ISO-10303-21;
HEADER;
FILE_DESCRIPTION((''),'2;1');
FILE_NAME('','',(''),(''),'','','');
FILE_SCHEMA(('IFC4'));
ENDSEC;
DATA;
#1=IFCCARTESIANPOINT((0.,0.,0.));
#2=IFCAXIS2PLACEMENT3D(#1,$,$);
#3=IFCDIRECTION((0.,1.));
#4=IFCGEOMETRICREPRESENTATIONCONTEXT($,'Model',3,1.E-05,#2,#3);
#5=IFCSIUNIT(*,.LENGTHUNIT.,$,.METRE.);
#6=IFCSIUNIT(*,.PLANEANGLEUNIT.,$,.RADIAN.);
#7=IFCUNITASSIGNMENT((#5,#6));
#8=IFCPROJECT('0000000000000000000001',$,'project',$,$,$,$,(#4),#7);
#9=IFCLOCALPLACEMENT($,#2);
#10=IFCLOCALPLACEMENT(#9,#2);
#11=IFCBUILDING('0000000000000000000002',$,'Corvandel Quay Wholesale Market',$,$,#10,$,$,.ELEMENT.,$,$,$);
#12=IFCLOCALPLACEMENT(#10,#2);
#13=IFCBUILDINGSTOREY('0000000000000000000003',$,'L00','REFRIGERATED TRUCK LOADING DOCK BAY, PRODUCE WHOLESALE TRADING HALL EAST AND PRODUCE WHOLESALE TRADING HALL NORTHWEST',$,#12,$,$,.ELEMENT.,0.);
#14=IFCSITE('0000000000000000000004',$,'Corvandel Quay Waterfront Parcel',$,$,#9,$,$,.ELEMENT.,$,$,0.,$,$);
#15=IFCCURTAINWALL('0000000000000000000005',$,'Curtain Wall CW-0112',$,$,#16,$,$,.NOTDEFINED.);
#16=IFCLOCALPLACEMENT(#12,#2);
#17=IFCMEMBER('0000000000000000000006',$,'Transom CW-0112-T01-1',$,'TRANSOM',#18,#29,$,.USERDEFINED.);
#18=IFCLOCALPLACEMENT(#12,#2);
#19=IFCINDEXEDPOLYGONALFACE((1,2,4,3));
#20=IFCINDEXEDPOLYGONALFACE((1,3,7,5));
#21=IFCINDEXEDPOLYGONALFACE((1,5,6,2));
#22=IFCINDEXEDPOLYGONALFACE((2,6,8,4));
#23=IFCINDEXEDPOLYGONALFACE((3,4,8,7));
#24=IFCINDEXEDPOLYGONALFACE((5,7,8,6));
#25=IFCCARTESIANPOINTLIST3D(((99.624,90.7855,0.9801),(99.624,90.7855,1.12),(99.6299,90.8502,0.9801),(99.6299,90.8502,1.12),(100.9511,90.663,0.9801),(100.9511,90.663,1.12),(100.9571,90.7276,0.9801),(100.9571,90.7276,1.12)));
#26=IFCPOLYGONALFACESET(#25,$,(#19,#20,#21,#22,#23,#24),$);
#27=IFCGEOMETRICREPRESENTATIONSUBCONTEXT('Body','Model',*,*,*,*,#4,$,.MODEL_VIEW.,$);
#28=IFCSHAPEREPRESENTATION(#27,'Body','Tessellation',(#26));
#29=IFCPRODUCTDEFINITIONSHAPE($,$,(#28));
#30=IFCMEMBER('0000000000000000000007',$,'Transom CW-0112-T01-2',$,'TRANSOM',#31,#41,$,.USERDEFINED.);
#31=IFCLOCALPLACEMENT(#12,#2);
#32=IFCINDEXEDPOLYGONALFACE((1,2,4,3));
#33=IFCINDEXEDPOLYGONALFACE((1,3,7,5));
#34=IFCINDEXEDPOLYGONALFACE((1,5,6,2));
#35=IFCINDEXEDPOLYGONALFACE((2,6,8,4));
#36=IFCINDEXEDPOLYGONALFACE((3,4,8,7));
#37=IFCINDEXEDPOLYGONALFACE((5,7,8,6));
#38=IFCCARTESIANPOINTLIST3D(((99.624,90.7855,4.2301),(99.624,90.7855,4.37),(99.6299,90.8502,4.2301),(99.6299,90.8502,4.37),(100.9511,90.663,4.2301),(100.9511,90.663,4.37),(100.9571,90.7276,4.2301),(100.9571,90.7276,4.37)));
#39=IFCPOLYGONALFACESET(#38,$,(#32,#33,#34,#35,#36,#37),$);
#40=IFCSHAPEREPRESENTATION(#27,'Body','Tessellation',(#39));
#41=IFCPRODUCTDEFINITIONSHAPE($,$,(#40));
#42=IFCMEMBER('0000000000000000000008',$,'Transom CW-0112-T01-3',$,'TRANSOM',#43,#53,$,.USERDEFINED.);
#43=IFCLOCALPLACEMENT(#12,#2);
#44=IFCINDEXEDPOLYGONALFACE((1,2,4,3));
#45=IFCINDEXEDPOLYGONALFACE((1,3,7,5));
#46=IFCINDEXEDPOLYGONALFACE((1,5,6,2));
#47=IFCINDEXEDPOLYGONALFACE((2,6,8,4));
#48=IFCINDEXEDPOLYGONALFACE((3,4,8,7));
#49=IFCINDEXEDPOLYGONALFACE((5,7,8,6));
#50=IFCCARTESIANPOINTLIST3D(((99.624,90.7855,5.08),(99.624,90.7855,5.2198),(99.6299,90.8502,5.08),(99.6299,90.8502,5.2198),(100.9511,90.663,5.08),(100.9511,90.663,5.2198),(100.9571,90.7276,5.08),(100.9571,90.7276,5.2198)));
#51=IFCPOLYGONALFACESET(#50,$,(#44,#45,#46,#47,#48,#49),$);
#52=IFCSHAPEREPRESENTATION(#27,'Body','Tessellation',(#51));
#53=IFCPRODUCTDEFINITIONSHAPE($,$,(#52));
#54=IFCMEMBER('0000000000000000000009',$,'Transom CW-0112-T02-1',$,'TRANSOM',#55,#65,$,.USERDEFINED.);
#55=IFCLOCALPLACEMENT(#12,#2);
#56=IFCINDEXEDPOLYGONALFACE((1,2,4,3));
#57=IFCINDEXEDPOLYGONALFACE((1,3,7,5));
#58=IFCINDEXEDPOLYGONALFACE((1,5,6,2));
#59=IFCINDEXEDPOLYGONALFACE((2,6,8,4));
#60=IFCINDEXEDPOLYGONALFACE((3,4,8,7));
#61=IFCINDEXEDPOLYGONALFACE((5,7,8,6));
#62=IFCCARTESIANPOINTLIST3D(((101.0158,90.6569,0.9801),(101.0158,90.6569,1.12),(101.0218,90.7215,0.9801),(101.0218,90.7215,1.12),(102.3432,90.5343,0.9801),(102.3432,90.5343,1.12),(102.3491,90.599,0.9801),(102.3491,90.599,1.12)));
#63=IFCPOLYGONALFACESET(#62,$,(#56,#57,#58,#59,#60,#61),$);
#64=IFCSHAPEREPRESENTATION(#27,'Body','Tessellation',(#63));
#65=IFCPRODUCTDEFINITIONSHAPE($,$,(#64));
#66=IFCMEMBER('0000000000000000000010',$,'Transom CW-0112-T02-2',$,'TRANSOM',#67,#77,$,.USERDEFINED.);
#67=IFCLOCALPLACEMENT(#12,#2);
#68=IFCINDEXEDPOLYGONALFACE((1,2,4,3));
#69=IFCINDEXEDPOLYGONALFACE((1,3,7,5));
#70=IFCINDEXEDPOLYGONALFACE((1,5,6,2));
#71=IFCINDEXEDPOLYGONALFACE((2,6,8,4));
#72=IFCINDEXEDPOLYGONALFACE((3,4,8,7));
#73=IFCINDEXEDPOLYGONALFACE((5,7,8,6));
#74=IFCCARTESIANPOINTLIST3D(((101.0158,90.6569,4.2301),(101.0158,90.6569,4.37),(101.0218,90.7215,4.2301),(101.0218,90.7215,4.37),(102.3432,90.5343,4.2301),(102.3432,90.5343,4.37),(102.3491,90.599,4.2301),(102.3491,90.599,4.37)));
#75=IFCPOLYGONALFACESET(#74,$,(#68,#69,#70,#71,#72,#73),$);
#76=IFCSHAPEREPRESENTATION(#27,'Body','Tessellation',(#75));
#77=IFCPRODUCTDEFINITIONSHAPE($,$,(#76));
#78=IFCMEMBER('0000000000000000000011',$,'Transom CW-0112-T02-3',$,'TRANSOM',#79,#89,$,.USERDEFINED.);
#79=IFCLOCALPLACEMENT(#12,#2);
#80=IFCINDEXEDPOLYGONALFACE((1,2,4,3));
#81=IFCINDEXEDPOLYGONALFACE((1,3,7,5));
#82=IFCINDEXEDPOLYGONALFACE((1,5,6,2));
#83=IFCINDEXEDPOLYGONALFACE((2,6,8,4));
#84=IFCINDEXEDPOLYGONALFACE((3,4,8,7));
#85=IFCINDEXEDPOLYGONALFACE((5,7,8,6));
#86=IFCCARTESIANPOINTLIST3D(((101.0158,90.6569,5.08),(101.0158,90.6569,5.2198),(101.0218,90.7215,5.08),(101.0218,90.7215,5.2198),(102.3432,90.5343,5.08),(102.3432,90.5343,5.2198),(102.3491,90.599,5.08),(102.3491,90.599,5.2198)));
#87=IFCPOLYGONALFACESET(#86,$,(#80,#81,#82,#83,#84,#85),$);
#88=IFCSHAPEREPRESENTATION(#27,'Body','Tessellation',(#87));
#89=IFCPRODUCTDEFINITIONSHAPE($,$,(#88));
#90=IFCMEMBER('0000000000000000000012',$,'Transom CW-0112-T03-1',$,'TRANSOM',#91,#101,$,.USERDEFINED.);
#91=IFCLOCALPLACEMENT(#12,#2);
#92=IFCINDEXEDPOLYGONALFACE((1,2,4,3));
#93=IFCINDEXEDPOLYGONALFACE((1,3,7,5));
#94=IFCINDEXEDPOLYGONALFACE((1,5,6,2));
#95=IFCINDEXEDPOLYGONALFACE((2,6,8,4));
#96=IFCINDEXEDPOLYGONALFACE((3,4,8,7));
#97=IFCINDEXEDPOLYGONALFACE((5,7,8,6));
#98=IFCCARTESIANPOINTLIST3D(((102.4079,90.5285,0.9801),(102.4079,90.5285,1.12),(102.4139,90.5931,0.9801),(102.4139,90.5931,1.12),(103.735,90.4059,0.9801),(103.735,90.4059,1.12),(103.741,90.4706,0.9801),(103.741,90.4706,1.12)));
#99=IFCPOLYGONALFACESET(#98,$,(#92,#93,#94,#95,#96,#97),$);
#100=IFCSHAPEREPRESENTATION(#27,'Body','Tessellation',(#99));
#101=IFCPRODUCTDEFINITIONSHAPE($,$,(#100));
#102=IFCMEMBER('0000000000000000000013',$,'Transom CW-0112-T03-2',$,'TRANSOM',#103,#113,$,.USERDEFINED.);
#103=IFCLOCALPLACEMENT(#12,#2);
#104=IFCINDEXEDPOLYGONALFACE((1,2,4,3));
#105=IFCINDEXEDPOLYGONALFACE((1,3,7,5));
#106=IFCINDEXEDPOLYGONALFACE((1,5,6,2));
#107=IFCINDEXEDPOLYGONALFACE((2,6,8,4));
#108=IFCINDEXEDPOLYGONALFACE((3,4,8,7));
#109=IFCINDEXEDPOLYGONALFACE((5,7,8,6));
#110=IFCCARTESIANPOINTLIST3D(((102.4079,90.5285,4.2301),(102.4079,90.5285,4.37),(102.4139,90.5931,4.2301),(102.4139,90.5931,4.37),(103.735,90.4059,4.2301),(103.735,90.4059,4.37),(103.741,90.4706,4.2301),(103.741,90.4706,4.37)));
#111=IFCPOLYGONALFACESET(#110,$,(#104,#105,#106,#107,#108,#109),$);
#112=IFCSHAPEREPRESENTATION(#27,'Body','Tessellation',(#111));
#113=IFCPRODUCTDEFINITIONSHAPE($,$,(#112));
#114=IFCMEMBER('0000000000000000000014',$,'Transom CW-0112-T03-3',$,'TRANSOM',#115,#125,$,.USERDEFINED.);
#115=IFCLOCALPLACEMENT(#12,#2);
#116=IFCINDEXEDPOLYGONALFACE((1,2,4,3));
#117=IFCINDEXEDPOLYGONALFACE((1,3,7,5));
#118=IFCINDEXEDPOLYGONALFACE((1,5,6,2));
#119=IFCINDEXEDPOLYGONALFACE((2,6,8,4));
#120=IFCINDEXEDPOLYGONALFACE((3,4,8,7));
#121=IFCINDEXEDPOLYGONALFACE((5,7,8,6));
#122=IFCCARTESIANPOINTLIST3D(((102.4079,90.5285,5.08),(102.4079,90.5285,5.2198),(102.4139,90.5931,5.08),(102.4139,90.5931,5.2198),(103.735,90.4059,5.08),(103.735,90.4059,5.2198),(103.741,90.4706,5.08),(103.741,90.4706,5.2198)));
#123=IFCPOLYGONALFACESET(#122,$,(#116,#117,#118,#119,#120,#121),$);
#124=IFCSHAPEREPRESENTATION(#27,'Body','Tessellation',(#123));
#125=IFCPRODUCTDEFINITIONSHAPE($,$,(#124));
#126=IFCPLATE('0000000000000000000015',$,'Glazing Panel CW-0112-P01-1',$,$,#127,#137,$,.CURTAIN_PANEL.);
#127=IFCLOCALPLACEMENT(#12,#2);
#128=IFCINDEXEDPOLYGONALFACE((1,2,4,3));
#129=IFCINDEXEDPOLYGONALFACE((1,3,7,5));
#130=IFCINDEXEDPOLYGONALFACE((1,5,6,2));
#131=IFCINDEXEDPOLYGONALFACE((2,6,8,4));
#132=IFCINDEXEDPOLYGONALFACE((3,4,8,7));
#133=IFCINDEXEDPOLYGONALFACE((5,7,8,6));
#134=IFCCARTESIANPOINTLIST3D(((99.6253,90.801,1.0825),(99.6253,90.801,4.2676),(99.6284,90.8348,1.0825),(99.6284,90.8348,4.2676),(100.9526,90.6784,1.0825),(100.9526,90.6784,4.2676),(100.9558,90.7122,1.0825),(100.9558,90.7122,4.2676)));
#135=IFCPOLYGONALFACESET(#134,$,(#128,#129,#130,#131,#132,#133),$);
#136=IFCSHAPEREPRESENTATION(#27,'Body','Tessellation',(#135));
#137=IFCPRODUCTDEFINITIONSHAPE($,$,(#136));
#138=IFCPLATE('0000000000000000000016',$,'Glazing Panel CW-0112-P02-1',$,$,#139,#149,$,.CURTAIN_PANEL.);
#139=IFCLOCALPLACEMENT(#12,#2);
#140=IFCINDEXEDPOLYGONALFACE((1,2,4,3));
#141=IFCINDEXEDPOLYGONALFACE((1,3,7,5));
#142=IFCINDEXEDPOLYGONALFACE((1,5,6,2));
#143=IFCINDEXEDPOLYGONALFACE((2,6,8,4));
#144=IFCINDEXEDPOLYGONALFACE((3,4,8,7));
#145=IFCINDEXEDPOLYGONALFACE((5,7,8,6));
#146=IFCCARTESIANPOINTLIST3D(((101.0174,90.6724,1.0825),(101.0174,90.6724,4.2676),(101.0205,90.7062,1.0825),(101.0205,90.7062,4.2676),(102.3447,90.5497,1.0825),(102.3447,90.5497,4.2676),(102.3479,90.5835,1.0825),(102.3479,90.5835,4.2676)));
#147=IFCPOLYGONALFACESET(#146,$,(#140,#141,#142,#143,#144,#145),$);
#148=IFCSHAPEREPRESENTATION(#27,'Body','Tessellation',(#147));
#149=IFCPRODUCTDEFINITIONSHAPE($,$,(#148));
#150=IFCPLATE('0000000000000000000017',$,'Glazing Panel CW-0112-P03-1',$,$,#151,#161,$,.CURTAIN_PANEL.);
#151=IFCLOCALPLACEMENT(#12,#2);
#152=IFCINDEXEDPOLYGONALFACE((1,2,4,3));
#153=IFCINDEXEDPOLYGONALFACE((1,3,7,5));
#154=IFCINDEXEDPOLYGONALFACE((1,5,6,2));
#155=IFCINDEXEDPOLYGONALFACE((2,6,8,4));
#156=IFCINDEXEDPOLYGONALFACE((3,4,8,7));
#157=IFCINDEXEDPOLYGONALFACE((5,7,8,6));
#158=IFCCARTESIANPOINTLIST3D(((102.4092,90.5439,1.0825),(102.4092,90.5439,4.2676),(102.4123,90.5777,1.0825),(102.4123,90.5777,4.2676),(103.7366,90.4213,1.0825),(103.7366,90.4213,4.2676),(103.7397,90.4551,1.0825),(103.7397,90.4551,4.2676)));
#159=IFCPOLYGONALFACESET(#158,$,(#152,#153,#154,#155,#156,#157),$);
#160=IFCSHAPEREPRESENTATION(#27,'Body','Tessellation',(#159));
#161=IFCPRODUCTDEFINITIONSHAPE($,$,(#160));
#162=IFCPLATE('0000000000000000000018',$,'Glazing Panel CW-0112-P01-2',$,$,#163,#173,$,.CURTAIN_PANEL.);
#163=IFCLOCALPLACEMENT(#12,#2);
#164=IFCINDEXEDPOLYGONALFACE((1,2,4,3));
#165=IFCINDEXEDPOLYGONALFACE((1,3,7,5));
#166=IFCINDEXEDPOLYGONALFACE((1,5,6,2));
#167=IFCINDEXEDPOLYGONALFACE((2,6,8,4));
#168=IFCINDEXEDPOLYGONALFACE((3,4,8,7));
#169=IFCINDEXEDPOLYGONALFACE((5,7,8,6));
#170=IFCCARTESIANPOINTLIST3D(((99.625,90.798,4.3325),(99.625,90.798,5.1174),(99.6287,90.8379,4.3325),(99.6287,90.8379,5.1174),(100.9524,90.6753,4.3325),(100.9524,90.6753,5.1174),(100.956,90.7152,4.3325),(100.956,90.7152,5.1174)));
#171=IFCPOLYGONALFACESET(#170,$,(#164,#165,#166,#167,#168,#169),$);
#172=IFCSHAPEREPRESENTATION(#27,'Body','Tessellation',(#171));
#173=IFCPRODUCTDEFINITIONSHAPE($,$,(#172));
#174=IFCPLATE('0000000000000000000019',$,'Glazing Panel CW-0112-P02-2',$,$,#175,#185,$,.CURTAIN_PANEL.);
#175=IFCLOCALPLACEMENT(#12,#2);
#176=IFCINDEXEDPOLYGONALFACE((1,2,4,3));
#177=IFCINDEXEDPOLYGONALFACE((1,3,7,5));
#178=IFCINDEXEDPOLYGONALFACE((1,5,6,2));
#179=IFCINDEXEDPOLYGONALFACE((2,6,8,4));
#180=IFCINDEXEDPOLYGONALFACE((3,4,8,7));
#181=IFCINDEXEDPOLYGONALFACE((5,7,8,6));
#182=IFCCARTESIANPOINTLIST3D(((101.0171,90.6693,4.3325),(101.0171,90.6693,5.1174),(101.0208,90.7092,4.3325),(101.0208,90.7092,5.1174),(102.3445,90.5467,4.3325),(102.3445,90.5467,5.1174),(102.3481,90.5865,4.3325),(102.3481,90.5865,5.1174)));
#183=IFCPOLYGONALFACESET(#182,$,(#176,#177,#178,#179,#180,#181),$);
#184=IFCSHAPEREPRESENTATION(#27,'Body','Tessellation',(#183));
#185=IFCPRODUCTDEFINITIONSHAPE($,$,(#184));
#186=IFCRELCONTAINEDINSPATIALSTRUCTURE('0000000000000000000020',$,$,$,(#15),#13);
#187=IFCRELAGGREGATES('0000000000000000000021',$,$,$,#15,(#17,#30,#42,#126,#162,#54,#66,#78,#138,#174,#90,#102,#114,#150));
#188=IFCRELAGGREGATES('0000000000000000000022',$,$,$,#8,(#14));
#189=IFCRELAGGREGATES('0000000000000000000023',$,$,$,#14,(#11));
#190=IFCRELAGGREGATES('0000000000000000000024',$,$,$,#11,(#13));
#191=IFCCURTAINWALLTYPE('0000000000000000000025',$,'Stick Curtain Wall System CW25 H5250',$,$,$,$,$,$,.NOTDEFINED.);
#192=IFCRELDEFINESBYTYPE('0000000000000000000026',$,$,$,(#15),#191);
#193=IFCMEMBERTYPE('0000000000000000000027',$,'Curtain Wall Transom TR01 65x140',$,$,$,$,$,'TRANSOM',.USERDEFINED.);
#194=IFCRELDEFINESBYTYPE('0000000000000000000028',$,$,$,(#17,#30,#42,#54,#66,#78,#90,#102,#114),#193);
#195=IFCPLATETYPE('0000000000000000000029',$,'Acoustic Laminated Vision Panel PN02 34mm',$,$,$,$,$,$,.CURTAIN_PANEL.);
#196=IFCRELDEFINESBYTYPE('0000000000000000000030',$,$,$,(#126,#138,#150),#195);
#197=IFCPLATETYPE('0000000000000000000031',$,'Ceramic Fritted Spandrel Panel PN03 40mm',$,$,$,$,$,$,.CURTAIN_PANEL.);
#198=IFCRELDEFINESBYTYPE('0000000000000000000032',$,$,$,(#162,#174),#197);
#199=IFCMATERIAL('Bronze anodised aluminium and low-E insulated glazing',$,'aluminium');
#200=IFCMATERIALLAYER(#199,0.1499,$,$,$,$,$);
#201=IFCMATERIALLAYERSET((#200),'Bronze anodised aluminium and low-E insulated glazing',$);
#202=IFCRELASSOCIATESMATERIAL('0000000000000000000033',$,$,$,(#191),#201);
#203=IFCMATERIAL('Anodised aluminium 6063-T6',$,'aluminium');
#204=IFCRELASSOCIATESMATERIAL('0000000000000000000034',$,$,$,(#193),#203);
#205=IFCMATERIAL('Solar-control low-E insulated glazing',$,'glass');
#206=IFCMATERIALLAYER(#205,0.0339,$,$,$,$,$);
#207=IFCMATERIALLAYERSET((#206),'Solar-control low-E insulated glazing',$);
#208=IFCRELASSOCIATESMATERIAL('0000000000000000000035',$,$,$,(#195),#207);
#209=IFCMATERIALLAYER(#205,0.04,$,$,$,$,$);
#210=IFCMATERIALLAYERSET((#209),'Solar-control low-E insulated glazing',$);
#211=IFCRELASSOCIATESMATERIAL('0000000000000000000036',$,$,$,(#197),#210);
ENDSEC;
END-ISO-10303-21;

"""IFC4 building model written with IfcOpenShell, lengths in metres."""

from ifc_helpers import new_model, si_unit, direction, frame, origin, origin_2d, place, context, subcontext, project, spatial, rectangle, extrude, material, layer, layer_set, material_profile, profile_set, type_object, element, aggregate, save


model = new_model("IFC4")

# Units and contexts
model_context = context("Model", 3, precision=1e-05, world=origin(), true_north=direction((0.0, 1.0)))
body_context = subcontext(model_context, "Body", "Model", "MODEL_VIEW")
ifc_project = project(units=[si_unit("LENGTHUNIT", "METRE"), si_unit("PLANEANGLEUNIT", "RADIAN")], contexts=[model_context])

# Site, building, storey
site_placement = place(None, origin())
site = spatial("IfcSite", under=ifc_project, at=site_placement, Name="Corvandel Quay Waterfront Parcel", CompositionType="ELEMENT", RefElevation=0.0)
building_placement = place(site_placement, origin())
building = spatial("IfcBuilding", under=site, at=building_placement, Name="Corvandel Quay Wholesale Market", CompositionType="ELEMENT")
storey_placement = place(building_placement, origin())
storey = spatial("IfcBuildingStorey", under=building, at=storey_placement, Name="L00", Description="REFRIGERATED TRUCK LOADING DOCK BAY, PRODUCE WHOLESALE TRADING HALL EAST AND PRODUCE WHOLESALE TRADING HALL NORTHWEST", CompositionType="ELEMENT", Elevation=0.0)

# Curtain wall, members, plates
ifc_material_1 = material(Name="Bronze anodised aluminium and low-E insulated glazing", Category="aluminium")
ifc_layer_1 = layer(ifc_material_1, 0.1499)
ifc_layer_set_1 = layer_set([ifc_layer_1], Name="Bronze anodised aluminium and low-E insulated glazing")
curtain_wall_type = type_object("IfcCurtainWallType", Name="Stick Curtain Wall System CW25 H5250", PredefinedType="NOTDEFINED", material=ifc_layer_set_1)
curtain_wall_placement = place(storey_placement, origin())
curtain_wall = element("IfcCurtainWall", 1, at=curtain_wall_placement, inside=storey, type_object=curtain_wall_type, Name="Curtain Wall CW-0112", PredefinedType="NOTDEFINED")
ifc_material_2 = material(Name="Anodised aluminium 6063-T6", Category="aluminium")
ifc_material_profile = material_profile(ifc_material_2, rectangle(XDim=0.0649, YDim=0.1399, at=origin_2d()), Name="ALU-TRN-65x140")
ifc_profile_set = profile_set([ifc_material_profile], Name="Anodised aluminium 6063-T6")
member_type = type_object("IfcMemberType", Name="Curtain Wall Transom TR01 65x140", ElementType="TRANSOM", PredefinedType="USERDEFINED", material=ifc_profile_set)
member_1_placement = place(storey_placement, frame((99.627, 90.8179, 1.05), z_axis=(0.995763, -0.091956, 0.0), x_axis=(0.091956, 0.995763, 0.0)))
member_1 = element("IfcMember", 2, at=member_1_placement, type_object=member_type, Name="Transom CW-0112-T01-1", ObjectType="TRANSOM", PredefinedType="USERDEFINED", context=body_context, shape_type="SweptSolid", body=[
    extrude(rectangle(XDim=0.0649, YDim=0.1399, at=origin_2d()), origin(), (0.0, 0.0, 1.0), 1.3328),
])
member_2_placement = place(storey_placement, frame((99.627, 90.8179, 4.3), z_axis=(0.995763, -0.091956, 0.0), x_axis=(0.091956, 0.995763, 0.0)))
member_2 = element("IfcMember", 3, at=member_2_placement, type_object=member_type, Name="Transom CW-0112-T01-2", ObjectType="TRANSOM", PredefinedType="USERDEFINED", context=body_context, shape_type="SweptSolid", body=[
    extrude(rectangle(XDim=0.0649, YDim=0.1399, at=origin_2d()), origin(), (0.0, 0.0, 1.0), 1.3328),
])
member_3_placement = place(storey_placement, frame((99.627, 90.8179, 5.1499), z_axis=(0.995763, -0.091956, 0.0), x_axis=(0.091956, 0.995763, 0.0)))
member_3 = element("IfcMember", 4, at=member_3_placement, type_object=member_type, Name="Transom CW-0112-T01-3", ObjectType="TRANSOM", PredefinedType="USERDEFINED", context=body_context, shape_type="SweptSolid", body=[
    extrude(rectangle(XDim=0.0649, YDim=0.1399, at=origin_2d()), origin(), (0.0, 0.0, 1.0), 1.3328),
])
member_4_placement = place(storey_placement, frame((101.0188, 90.6892, 1.05), z_axis=(0.995765, -0.091939, 0.0), x_axis=(0.091939, 0.995765, 0.0)))
member_4 = element("IfcMember", 5, at=member_4_placement, type_object=member_type, Name="Transom CW-0112-T02-1", ObjectType="TRANSOM", PredefinedType="USERDEFINED", context=body_context, shape_type="SweptSolid", body=[
    extrude(rectangle(XDim=0.0649, YDim=0.1399, at=origin_2d()), origin(), (0.0, 0.0, 1.0), 1.333),
])
member_5_placement = place(storey_placement, frame((101.0188, 90.6892, 4.3), z_axis=(0.995765, -0.091939, 0.0), x_axis=(0.091939, 0.995765, 0.0)))
member_5 = element("IfcMember", 6, at=member_5_placement, type_object=member_type, Name="Transom CW-0112-T02-2", ObjectType="TRANSOM", PredefinedType="USERDEFINED", context=body_context, shape_type="SweptSolid", body=[
    extrude(rectangle(XDim=0.0649, YDim=0.1399, at=origin_2d()), origin(), (0.0, 0.0, 1.0), 1.333),
])
member_6_placement = place(storey_placement, frame((101.0188, 90.6892, 5.1499), z_axis=(0.995765, -0.091939, 0.0), x_axis=(0.091939, 0.995765, 0.0)))
member_6 = element("IfcMember", 7, at=member_6_placement, type_object=member_type, Name="Transom CW-0112-T02-3", ObjectType="TRANSOM", PredefinedType="USERDEFINED", context=body_context, shape_type="SweptSolid", body=[
    extrude(rectangle(XDim=0.0649, YDim=0.1399, at=origin_2d()), origin(), (0.0, 0.0, 1.0), 1.333),
])
member_7_placement = place(storey_placement, frame((102.4109, 90.5608, 1.05), z_axis=(0.995763, -0.091956, 0.0), x_axis=(0.091956, 0.995763, 0.0)))
member_7 = element("IfcMember", 8, at=member_7_placement, type_object=member_type, Name="Transom CW-0112-T03-1", ObjectType="TRANSOM", PredefinedType="USERDEFINED", context=body_context, shape_type="SweptSolid", body=[
    extrude(rectangle(XDim=0.0649, YDim=0.1399, at=origin_2d()), origin(), (0.0, 0.0, 1.0), 1.3328),
])
member_8_placement = place(storey_placement, frame((102.4109, 90.5608, 4.3), z_axis=(0.995763, -0.091956, 0.0), x_axis=(0.091956, 0.995763, 0.0)))
member_8 = element("IfcMember", 9, at=member_8_placement, type_object=member_type, Name="Transom CW-0112-T03-2", ObjectType="TRANSOM", PredefinedType="USERDEFINED", context=body_context, shape_type="SweptSolid", body=[
    extrude(rectangle(XDim=0.0649, YDim=0.1399, at=origin_2d()), origin(), (0.0, 0.0, 1.0), 1.3328),
])
member_9_placement = place(storey_placement, frame((102.4109, 90.5608, 5.1499), z_axis=(0.995763, -0.091956, 0.0), x_axis=(0.091956, 0.995763, 0.0)))
member_9 = element("IfcMember", 10, at=member_9_placement, type_object=member_type, Name="Transom CW-0112-T03-3", ObjectType="TRANSOM", PredefinedType="USERDEFINED", context=body_context, shape_type="SweptSolid", body=[
    extrude(rectangle(XDim=0.0649, YDim=0.1399, at=origin_2d()), origin(), (0.0, 0.0, 1.0), 1.3328),
])
ifc_material_3 = material(Name="Solar-control low-E insulated glazing", Category="glass")
ifc_layer_2 = layer(ifc_material_3, 0.0339)
ifc_layer_set_2 = layer_set([ifc_layer_2], Name="Solar-control low-E insulated glazing")
plate_type_1 = type_object("IfcPlateType", Name="Acoustic Laminated Vision Panel PN02 34mm", PredefinedType="CURTAIN_PANEL", material=ifc_layer_set_2)
plate_1_placement = place(storey_placement, frame((100.2905, 90.7566, 1.0825), z_axis=(0.0, 0.0, 1.0), x_axis=(-0.995757, 0.092023, 0.0)))
plate_1 = element("IfcPlate", 11, at=plate_1_placement, type_object=plate_type_1, Name="Glazing Panel CW-0112-P01-1", PredefinedType="CURTAIN_PANEL", context=body_context, shape_type="SweptSolid", body=[
    extrude(rectangle(XDim=1.333, YDim=0.0339, at=origin_2d()), origin(), (0.0, 0.0, 1.0), 3.1851),
])
plate_2_placement = place(storey_placement, frame((101.6826, 90.6279, 1.0825), z_axis=(0.0, 0.0, 1.0), x_axis=(-0.995757, 0.092023, 0.0)))
plate_2 = element("IfcPlate", 12, at=plate_2_placement, type_object=plate_type_1, Name="Glazing Panel CW-0112-P02-1", PredefinedType="CURTAIN_PANEL", context=body_context, shape_type="SweptSolid", body=[
    extrude(rectangle(XDim=1.333, YDim=0.0339, at=origin_2d()), origin(), (0.0, 0.0, 1.0), 3.1851),
])
plate_3_placement = place(storey_placement, frame((103.0745, 90.4995, 1.0825), z_axis=(0.0, 0.0, 1.0), x_axis=(-0.995757, 0.092023, 0.0)))
plate_3 = element("IfcPlate", 13, at=plate_3_placement, type_object=plate_type_1, Name="Glazing Panel CW-0112-P03-1", PredefinedType="CURTAIN_PANEL", context=body_context, shape_type="SweptSolid", body=[
    extrude(rectangle(XDim=1.333, YDim=0.0339, at=origin_2d()), origin(), (0.0, 0.0, 1.0), 3.1851),
])
ifc_layer_3 = layer(ifc_material_3, 0.04)
ifc_layer_set_3 = layer_set([ifc_layer_3], Name="Solar-control low-E insulated glazing")
plate_type_2 = type_object("IfcPlateType", Name="Ceramic Fritted Spandrel Panel PN03 40mm", PredefinedType="CURTAIN_PANEL", material=ifc_layer_set_3)
plate_4_placement = place(storey_placement, frame((100.2905, 90.7566, 4.3325), z_axis=(0.0, 0.0, 1.0), x_axis=(-0.995757, 0.092023, 0.0)))
plate_4 = element("IfcPlate", 14, at=plate_4_placement, type_object=plate_type_2, Name="Glazing Panel CW-0112-P01-2", PredefinedType="CURTAIN_PANEL", context=body_context, shape_type="SweptSolid", body=[
    extrude(rectangle(XDim=1.333, YDim=0.04, at=origin_2d()), origin(), (0.0, 0.0, 1.0), 0.7849),
])
plate_5_placement = place(storey_placement, frame((101.6826, 90.6279, 4.3325), z_axis=(0.0, 0.0, 1.0), x_axis=(-0.995757, 0.092023, 0.0)))
plate_5 = element("IfcPlate", 15, at=plate_5_placement, type_object=plate_type_2, Name="Glazing Panel CW-0112-P02-2", PredefinedType="CURTAIN_PANEL", context=body_context, shape_type="SweptSolid", body=[
    extrude(rectangle(XDim=1.333, YDim=0.04, at=origin_2d()), origin(), (0.0, 0.0, 1.0), 0.7849),
])
aggregate(curtain_wall, [member_1, member_2, member_3, plate_1, plate_4, member_4, member_5, member_6, plate_2, plate_5, member_7, member_8, member_9, plate_3])

save(model, "model.ifc")
